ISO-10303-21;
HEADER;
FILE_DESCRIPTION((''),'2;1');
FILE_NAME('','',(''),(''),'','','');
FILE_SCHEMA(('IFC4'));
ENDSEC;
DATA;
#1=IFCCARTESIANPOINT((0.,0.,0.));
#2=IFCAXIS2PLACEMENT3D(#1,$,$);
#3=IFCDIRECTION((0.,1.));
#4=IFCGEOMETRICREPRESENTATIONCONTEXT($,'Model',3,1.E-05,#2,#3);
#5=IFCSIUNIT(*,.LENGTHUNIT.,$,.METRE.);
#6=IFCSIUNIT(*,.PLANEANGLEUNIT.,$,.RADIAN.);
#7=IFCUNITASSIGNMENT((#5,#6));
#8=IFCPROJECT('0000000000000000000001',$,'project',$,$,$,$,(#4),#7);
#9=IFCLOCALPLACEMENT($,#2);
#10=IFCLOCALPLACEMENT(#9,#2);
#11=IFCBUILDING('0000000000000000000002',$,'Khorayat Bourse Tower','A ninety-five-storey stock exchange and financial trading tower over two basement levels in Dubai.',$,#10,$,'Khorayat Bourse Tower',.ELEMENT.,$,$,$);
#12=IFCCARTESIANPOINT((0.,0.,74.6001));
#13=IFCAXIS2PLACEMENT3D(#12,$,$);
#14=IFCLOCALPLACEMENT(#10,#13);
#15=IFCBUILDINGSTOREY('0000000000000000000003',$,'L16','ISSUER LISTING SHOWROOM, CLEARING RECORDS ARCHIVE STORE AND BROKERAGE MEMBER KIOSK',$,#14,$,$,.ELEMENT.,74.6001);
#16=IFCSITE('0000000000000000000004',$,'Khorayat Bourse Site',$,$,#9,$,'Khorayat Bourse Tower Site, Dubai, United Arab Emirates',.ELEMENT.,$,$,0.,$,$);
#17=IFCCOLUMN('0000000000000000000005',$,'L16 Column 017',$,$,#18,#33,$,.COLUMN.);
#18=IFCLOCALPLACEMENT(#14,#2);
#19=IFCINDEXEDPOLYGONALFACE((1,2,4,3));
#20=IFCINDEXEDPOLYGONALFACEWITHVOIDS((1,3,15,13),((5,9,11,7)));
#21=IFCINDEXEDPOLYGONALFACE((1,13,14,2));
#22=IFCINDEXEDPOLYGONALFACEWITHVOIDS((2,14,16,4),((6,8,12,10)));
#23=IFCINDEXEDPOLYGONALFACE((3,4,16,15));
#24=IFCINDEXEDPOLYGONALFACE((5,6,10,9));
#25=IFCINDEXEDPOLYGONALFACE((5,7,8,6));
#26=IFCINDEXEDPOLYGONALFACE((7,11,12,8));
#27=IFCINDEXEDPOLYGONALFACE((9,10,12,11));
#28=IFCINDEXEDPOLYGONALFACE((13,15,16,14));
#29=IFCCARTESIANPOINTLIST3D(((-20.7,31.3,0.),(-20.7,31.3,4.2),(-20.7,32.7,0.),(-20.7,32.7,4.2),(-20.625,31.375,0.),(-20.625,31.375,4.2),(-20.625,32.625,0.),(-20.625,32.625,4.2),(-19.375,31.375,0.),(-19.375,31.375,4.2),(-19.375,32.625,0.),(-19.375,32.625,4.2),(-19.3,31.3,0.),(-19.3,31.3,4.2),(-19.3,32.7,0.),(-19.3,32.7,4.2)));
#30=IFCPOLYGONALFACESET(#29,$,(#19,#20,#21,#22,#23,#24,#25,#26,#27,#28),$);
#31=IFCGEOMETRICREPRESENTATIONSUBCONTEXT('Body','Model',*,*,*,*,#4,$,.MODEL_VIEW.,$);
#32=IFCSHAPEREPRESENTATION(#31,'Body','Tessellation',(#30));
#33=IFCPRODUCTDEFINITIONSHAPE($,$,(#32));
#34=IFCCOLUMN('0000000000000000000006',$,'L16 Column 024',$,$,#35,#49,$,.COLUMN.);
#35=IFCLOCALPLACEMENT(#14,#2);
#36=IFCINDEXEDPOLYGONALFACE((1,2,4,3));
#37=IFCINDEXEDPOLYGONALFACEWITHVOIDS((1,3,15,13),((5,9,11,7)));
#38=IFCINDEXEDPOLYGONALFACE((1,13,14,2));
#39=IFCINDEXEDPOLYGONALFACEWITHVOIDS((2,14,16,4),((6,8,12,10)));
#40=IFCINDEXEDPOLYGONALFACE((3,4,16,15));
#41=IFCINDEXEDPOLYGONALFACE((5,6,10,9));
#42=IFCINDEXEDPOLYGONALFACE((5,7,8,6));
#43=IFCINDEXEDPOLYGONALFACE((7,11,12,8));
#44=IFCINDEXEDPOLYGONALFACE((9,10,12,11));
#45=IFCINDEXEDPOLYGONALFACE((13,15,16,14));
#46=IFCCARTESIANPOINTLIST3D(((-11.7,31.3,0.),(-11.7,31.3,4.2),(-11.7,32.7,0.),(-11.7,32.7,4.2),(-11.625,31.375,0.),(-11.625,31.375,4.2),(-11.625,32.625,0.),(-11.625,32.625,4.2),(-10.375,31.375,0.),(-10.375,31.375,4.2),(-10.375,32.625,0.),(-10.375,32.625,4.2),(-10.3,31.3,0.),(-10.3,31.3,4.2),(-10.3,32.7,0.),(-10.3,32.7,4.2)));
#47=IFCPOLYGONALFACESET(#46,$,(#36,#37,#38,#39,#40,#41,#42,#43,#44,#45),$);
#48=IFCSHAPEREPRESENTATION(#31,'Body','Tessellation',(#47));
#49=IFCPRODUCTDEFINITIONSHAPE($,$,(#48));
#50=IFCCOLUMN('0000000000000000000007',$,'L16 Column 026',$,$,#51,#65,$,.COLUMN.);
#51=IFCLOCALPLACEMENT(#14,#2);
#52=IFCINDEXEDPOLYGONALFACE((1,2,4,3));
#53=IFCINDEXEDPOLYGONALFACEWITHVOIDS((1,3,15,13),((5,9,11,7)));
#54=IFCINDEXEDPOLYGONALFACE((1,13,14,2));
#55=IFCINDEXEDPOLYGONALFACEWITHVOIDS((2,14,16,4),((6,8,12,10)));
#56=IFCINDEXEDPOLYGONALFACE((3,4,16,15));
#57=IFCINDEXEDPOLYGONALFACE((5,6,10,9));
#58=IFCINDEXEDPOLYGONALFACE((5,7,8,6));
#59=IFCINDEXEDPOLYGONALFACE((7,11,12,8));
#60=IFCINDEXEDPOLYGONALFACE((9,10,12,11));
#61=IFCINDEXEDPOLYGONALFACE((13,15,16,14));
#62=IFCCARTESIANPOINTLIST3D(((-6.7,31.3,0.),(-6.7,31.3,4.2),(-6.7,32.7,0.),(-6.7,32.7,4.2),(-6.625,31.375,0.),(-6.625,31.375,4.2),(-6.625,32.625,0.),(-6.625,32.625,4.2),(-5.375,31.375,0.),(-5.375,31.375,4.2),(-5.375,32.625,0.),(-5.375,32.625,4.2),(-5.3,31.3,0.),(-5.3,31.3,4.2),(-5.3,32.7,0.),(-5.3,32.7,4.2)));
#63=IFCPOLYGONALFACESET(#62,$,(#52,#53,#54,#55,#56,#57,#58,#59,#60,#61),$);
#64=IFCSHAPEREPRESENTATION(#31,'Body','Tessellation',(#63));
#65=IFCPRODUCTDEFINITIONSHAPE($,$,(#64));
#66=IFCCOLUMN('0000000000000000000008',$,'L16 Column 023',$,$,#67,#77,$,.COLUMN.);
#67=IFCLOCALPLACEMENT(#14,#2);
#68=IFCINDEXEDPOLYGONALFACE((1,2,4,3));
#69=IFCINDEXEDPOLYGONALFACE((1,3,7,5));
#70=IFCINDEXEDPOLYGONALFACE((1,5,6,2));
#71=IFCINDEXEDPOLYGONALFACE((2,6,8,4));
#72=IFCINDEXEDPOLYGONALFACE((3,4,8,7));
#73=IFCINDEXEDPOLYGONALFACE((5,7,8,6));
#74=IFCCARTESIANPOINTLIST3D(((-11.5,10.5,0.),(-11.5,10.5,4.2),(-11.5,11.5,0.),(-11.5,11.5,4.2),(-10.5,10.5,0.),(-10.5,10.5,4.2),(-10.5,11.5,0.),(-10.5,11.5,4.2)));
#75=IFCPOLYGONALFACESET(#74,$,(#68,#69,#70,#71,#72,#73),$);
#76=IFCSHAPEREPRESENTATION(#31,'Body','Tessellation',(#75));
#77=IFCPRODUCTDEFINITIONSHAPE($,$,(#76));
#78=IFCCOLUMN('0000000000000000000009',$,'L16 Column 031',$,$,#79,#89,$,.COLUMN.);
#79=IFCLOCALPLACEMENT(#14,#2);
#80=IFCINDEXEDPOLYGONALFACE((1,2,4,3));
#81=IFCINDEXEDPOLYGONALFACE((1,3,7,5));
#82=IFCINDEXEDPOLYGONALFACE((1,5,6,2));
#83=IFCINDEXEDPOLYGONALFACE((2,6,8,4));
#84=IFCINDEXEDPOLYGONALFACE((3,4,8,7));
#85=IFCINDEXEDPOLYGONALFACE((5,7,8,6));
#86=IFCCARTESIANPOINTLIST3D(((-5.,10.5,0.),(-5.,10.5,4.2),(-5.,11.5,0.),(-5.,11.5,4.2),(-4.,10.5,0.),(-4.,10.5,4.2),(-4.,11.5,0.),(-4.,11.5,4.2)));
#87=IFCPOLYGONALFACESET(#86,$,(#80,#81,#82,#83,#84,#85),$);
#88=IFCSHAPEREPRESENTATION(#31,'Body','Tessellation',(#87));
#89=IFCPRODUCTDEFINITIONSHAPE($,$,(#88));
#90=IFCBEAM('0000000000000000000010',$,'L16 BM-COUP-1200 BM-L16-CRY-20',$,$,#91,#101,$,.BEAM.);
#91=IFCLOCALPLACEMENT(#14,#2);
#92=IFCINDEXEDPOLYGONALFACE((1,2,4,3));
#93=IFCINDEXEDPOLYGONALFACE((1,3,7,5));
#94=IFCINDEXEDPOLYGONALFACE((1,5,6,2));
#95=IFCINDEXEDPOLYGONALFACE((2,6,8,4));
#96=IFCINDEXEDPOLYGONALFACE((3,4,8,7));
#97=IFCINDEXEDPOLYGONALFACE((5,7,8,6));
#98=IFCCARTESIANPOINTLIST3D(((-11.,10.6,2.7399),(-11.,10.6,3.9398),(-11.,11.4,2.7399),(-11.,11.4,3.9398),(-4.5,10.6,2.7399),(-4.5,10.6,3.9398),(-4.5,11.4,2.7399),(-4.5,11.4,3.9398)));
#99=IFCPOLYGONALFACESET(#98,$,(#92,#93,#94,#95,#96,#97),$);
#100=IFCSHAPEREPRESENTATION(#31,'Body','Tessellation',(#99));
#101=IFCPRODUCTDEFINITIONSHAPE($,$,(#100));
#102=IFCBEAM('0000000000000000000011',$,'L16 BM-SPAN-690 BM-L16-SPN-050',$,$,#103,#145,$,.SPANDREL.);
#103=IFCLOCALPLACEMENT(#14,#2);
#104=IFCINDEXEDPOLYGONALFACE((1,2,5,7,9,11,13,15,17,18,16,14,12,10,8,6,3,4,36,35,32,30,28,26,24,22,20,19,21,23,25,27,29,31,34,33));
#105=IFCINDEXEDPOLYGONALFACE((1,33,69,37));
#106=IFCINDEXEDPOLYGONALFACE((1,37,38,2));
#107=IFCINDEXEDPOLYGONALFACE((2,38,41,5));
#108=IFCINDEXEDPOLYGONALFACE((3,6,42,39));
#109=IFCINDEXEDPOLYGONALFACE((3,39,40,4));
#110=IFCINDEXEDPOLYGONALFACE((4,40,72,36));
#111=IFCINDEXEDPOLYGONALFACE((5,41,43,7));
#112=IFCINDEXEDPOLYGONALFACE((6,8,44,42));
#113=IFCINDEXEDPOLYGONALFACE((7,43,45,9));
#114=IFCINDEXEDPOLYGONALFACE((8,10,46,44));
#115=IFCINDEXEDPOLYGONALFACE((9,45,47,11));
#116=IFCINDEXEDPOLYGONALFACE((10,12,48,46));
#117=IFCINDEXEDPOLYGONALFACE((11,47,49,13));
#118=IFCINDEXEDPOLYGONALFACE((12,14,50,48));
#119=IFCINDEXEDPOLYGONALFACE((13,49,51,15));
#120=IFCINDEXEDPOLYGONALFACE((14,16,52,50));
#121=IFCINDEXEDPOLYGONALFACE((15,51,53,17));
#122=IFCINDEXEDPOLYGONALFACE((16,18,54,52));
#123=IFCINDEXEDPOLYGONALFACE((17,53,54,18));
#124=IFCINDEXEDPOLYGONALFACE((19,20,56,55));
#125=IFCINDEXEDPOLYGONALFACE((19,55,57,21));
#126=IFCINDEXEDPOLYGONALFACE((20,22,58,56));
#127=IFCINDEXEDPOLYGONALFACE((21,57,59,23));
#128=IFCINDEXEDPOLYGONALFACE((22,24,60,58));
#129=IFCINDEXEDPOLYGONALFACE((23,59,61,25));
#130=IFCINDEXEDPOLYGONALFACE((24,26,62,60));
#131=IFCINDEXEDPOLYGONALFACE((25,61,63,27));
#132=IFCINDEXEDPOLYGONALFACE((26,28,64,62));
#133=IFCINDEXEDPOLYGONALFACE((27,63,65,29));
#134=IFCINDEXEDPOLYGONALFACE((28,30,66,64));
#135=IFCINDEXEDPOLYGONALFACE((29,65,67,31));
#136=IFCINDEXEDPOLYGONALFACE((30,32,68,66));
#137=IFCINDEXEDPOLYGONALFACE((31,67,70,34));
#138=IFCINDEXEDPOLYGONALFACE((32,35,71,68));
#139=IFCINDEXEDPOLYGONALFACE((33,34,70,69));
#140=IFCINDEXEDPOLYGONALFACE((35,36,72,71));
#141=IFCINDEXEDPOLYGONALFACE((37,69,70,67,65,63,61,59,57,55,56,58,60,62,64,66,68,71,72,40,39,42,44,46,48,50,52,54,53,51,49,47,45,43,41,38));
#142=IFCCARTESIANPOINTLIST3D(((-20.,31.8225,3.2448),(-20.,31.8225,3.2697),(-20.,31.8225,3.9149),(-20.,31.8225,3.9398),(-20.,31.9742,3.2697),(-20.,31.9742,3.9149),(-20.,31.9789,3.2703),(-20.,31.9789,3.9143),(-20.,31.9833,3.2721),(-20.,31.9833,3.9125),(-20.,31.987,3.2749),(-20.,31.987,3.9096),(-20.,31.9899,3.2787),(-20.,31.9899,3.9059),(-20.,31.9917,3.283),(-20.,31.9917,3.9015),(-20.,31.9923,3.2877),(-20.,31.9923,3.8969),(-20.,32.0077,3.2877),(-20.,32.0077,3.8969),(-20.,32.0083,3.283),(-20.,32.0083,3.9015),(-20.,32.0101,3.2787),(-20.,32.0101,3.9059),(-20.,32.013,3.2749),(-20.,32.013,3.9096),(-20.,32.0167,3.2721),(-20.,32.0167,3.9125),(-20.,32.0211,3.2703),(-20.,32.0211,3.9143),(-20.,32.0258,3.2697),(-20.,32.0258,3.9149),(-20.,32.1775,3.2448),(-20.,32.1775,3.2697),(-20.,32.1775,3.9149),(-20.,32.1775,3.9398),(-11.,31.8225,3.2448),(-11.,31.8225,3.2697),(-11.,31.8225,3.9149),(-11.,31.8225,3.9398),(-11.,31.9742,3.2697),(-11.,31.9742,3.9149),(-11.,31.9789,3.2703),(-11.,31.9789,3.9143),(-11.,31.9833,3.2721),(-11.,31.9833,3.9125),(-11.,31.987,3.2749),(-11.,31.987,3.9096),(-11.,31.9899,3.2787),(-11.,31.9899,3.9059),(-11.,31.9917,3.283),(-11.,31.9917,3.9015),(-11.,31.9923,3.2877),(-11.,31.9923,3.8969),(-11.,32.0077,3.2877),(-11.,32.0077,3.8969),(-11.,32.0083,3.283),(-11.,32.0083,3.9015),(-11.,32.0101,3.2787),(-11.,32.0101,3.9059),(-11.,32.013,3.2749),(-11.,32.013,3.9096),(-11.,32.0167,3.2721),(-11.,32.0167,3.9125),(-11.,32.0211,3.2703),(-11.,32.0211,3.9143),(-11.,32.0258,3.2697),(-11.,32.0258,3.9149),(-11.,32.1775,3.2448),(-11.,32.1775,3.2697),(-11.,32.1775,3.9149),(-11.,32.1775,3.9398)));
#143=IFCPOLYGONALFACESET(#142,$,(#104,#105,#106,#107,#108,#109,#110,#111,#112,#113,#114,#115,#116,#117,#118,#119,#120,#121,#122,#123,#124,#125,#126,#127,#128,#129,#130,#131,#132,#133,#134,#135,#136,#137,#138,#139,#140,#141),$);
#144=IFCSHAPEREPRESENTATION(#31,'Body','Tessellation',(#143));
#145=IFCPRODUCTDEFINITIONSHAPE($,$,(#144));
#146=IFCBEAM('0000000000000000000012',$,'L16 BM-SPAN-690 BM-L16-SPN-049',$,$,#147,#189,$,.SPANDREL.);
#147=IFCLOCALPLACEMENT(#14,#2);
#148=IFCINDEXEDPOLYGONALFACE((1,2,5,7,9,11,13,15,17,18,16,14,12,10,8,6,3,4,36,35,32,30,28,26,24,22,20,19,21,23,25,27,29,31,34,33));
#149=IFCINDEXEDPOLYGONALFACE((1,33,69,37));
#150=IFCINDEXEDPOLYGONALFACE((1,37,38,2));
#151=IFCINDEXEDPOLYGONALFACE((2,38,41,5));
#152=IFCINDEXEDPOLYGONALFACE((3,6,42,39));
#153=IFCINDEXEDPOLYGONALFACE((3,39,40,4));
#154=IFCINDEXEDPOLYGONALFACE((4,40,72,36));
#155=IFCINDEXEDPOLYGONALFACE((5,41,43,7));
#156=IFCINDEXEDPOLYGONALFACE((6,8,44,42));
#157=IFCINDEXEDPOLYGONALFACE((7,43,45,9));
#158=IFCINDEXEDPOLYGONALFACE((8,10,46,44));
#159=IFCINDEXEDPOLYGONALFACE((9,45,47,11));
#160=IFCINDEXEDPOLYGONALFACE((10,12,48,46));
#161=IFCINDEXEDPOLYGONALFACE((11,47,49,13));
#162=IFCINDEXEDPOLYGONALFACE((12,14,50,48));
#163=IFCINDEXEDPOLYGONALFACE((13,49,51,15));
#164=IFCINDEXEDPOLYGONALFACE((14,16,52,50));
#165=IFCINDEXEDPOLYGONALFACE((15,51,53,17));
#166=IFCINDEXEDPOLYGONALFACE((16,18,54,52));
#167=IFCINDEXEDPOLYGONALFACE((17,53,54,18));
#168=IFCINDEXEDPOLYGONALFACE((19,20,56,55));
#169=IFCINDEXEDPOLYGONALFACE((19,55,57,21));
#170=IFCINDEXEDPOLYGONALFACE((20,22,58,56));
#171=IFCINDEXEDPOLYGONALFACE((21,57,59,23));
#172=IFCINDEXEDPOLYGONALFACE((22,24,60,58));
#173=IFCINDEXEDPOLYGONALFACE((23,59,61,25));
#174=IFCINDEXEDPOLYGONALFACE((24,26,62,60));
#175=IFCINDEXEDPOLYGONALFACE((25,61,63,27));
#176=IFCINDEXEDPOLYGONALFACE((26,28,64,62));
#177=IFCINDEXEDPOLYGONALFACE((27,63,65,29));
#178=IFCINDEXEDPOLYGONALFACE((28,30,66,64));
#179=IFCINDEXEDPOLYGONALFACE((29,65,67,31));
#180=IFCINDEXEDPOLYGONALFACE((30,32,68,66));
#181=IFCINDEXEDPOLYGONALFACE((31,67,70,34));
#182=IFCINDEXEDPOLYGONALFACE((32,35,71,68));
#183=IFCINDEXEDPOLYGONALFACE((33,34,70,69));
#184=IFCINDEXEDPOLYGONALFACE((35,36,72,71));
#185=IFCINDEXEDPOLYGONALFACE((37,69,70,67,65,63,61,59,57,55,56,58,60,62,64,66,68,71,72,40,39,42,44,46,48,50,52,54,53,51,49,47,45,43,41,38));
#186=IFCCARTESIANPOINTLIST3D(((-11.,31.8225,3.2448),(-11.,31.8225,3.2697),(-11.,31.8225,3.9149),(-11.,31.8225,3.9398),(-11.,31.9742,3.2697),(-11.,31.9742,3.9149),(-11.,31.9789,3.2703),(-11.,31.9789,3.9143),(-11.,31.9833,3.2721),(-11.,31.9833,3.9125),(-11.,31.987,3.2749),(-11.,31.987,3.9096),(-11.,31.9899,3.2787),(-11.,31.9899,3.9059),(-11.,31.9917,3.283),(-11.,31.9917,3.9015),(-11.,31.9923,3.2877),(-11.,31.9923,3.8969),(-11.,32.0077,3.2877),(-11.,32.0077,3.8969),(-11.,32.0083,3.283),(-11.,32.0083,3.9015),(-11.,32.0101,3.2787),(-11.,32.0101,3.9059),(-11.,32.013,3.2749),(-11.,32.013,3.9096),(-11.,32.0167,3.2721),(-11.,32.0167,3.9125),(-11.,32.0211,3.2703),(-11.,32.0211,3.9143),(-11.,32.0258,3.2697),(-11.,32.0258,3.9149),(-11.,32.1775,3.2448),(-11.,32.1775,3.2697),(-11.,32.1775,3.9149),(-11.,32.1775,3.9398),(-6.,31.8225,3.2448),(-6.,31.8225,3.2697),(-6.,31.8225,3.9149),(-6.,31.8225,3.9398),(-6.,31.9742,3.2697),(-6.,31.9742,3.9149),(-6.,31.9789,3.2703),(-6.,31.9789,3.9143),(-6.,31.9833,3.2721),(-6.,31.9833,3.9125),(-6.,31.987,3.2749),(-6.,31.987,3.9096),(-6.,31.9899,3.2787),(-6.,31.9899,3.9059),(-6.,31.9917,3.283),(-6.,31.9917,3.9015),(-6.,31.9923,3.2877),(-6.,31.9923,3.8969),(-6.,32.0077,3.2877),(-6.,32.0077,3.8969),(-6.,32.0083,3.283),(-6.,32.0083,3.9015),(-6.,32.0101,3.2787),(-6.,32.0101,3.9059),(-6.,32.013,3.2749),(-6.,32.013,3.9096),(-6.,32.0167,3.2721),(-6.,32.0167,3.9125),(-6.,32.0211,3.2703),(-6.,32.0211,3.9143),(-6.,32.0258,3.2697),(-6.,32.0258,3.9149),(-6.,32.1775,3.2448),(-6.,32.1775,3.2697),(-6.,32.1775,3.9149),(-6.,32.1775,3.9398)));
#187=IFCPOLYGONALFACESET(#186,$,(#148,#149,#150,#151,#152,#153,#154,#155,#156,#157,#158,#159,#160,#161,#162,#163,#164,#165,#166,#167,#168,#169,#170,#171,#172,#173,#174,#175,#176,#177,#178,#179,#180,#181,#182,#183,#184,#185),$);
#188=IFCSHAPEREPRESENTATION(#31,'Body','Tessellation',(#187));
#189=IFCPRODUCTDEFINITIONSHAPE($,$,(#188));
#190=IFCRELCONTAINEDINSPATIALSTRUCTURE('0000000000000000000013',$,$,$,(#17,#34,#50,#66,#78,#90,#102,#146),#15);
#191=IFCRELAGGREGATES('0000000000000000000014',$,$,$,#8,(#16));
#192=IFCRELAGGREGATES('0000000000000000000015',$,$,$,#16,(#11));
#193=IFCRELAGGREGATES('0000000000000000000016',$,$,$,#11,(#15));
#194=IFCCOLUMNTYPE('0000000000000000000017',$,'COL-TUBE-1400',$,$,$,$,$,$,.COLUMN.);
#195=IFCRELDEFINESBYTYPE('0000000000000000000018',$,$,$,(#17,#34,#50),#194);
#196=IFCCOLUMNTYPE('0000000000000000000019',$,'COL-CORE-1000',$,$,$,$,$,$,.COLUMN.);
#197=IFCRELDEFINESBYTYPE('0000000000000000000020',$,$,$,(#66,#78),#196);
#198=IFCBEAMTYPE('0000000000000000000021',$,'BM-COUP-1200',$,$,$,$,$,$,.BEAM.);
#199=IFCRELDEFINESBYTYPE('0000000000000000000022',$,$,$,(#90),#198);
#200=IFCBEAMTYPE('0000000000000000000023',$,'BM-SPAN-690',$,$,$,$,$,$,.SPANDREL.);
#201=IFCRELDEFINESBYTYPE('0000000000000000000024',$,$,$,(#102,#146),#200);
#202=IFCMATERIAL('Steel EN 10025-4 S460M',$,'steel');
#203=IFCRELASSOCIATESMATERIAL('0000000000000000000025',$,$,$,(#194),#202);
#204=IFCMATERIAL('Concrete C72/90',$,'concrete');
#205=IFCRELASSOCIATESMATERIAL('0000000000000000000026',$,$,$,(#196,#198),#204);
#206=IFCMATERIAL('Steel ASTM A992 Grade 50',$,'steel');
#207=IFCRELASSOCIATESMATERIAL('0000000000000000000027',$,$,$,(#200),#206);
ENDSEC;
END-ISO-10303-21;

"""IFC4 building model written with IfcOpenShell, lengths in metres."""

from ifc_helpers import new_model, si_unit, direction, frame, origin, origin_2d, place, context, subcontext, project, spatial, rectangle, hollow_rectangle, i_section, extrude, source, transform, mapped, material, material_profile, profile_set, type_object, element, save


model = new_model("IFC4")

# Units and contexts
model_context = context("Model", 3, precision=1e-05, world=origin(), true_north=direction((0.0, 1.0)))
body_context = subcontext(model_context, "Body", "Model", "MODEL_VIEW")
ifc_project = project(units=[si_unit("LENGTHUNIT", "METRE"), si_unit("PLANEANGLEUNIT", "RADIAN")], contexts=[model_context])

# Site, building, storey
site_placement = place(None, origin())
site = spatial("IfcSite", under=ifc_project, at=site_placement, Name="Khorayat Bourse Site", LongName="Khorayat Bourse Tower Site, Dubai, United Arab Emirates", CompositionType="ELEMENT", RefElevation=0.0)
building_placement = place(site_placement, origin())
building = spatial("IfcBuilding", under=site, at=building_placement, Name="Khorayat Bourse Tower", Description="A ninety-five-storey stock exchange and financial trading tower over two basement levels in Dubai.", LongName="Khorayat Bourse Tower", CompositionType="ELEMENT")
storey_placement = place(building_placement, frame((0.0, 0.0, 74.6001)))
storey = spatial("IfcBuildingStorey", under=building, at=storey_placement, Name="L16", Description="ISSUER LISTING SHOWROOM, CLEARING RECORDS ARCHIVE STORE AND BROKERAGE MEMBER KIOSK", CompositionType="ELEMENT", Elevation=74.6001)

# Columns
ifc_material_1 = material(Name="Steel EN 10025-4 S460M", Category="steel")
ifc_material_profile_1 = material_profile(ifc_material_1, hollow_rectangle(XDim=1.3999, YDim=1.3999, WallThickness=0.075, at=origin_2d()), Name="BOX 1400x1400x75")
ifc_profile_set_1 = profile_set([ifc_material_profile_1], Name="Steel EN 10025-4 S460M")
column_type_1 = type_object("IfcColumnType", Name="COL-TUBE-1400", PredefinedType="COLUMN", material=ifc_profile_set_1)
shared_shape_1 = source(origin(), body_context, "Body", "SweptSolid", [
    extrude(hollow_rectangle(XDim=1.3999, YDim=1.3999, WallThickness=0.075, at=origin_2d()), origin(), (0.0, 0.0, 1.0), 4.2),
])
for number, where, z_axis, x_axis, name in (
    (1, (-20.0, 32.0, 0.0), (0.0, 0.0, 1.0), (1.0, 0.0, 0.0), "L16 Column 017"),
    (2, (-11.0, 32.0, 0.0), (0.0, 0.0, 1.0), (1.0, 0.0, 0.0), "L16 Column 024"),
    (3, (-6.0, 32.0, 0.0), (0.0, 0.0, 1.0), (1.0, 0.0, 0.0), "L16 Column 026"),
):
    element("IfcColumn", number, at=place(storey_placement, frame(where, z_axis=z_axis, x_axis=x_axis)), inside=storey, type_object=column_type_1, Name=name, PredefinedType="COLUMN", context=body_context, shape_type="MappedRepresentation", body=[
        mapped(shared_shape_1, transform((0.0, 0.0, 0.0), scale=1.0)),
    ])
ifc_material_2 = material(Name="Concrete C72/90", Category="concrete")
ifc_material_profile_2 = material_profile(ifc_material_2, rectangle(XDim=1.0, YDim=1.0, at=origin_2d()), Name="RC 1000x1000")
ifc_profile_set_2 = profile_set([ifc_material_profile_2], Name="Concrete C72/90")
column_type_2 = type_object("IfcColumnType", Name="COL-CORE-1000", PredefinedType="COLUMN", material=ifc_profile_set_2)
shared_shape_2 = source(origin(), body_context, "Body", "SweptSolid", [
    extrude(rectangle(XDim=1.0, YDim=1.0, at=origin_2d()), origin(), (0.0, 0.0, 1.0), 4.2),
])
for number, where, z_axis, x_axis, name in (
    (4, (-11.0, 11.0, 0.0), (0.0, 0.0, 1.0), (1.0, 0.0, 0.0), "L16 Column 023"),
    (5, (-4.5, 11.0, 0.0), (0.0, 0.0, 1.0), (1.0, 0.0, 0.0), "L16 Column 031"),
):
    element("IfcColumn", number, at=place(storey_placement, frame(where, z_axis=z_axis, x_axis=x_axis)), inside=storey, type_object=column_type_2, Name=name, PredefinedType="COLUMN", context=body_context, shape_type="MappedRepresentation", body=[
        mapped(shared_shape_2, transform((0.0, 0.0, 0.0), scale=1.0)),
    ])

# Beams
ifc_material_profile_3 = material_profile(ifc_material_2, rectangle(XDim=0.8, YDim=1.2, at=origin_2d()), Name="RC 800x1200")
ifc_profile_set_3 = profile_set([ifc_material_profile_3], Name="Concrete C72/90")
beam_type_1 = type_object("IfcBeamType", Name="BM-COUP-1200", PredefinedType="BEAM", material=ifc_profile_set_3)
shared_shape_3 = source(origin(), body_context, "Body", "SweptSolid", [
    extrude(rectangle(XDim=0.8, YDim=1.2, at=origin_2d()), origin(), (0.0, 0.0, 1.0), 6.5),
])
beam_1_placement = place(storey_placement, frame((-11.0, 11.0, 3.3398), z_axis=(1.0, 0.0, 0.0), x_axis=(0.0, 1.0, 0.0)))
element("IfcBeam", 6, at=beam_1_placement, inside=storey, type_object=beam_type_1, Name="L16 BM-COUP-1200 BM-L16-CRY-20", PredefinedType="BEAM", context=body_context, shape_type="MappedRepresentation", body=[
    mapped(shared_shape_3, transform((0.0, 0.0, 0.0), scale=1.0)),
])
ifc_material_3 = material(Name="Steel ASTM A992 Grade 50", Category="steel")
ifc_material_profile_4 = material_profile(ifc_material_3, i_section(OverallWidth=0.355, OverallDepth=0.6951, WebThickness=0.0154, FlangeThickness=0.0249, FilletRadius=0.0181, at=origin_2d()), Name="W690X217")
ifc_profile_set_4 = profile_set([ifc_material_profile_4], Name="Steel ASTM A992 Grade 50")
beam_type_2 = type_object("IfcBeamType", Name="BM-SPAN-690", PredefinedType="SPANDREL", material=ifc_profile_set_4)
shared_shape_4 = source(origin(), body_context, "Body", "SweptSolid", [
    extrude(i_section(OverallWidth=0.355, OverallDepth=0.6951, WebThickness=0.0154, FlangeThickness=0.0249, FilletRadius=0.0181, at=origin_2d()), origin(), (0.0, 0.0, 1.0), 9.0),
])
beam_2_placement = place(storey_placement, frame((-20.0, 32.0, 3.5923), z_axis=(1.0, 0.0, 0.0), x_axis=(0.0, 1.0, 0.0)))
element("IfcBeam", 7, at=beam_2_placement, inside=storey, type_object=beam_type_2, Name="L16 BM-SPAN-690 BM-L16-SPN-050", PredefinedType="SPANDREL", context=body_context, shape_type="MappedRepresentation", body=[
    mapped(shared_shape_4, transform((0.0, 0.0, 0.0), scale=1.0)),
])
shared_shape_5 = source(origin(), body_context, "Body", "SweptSolid", [
    extrude(i_section(OverallWidth=0.355, OverallDepth=0.6951, WebThickness=0.0154, FlangeThickness=0.0249, FilletRadius=0.0181, at=origin_2d()), origin(), (0.0, 0.0, 1.0), 5.0),
])
beam_3_placement = place(storey_placement, frame((-11.0, 32.0, 3.5923), z_axis=(1.0, 0.0, 0.0), x_axis=(0.0, 1.0, 0.0)))
element("IfcBeam", 8, at=beam_3_placement, inside=storey, type_object=beam_type_2, Name="L16 BM-SPAN-690 BM-L16-SPN-049", PredefinedType="SPANDREL", context=body_context, shape_type="MappedRepresentation", body=[
    mapped(shared_shape_5, transform((0.0, 0.0, 0.0), scale=1.0)),
])

save(model, "model.ifc")
